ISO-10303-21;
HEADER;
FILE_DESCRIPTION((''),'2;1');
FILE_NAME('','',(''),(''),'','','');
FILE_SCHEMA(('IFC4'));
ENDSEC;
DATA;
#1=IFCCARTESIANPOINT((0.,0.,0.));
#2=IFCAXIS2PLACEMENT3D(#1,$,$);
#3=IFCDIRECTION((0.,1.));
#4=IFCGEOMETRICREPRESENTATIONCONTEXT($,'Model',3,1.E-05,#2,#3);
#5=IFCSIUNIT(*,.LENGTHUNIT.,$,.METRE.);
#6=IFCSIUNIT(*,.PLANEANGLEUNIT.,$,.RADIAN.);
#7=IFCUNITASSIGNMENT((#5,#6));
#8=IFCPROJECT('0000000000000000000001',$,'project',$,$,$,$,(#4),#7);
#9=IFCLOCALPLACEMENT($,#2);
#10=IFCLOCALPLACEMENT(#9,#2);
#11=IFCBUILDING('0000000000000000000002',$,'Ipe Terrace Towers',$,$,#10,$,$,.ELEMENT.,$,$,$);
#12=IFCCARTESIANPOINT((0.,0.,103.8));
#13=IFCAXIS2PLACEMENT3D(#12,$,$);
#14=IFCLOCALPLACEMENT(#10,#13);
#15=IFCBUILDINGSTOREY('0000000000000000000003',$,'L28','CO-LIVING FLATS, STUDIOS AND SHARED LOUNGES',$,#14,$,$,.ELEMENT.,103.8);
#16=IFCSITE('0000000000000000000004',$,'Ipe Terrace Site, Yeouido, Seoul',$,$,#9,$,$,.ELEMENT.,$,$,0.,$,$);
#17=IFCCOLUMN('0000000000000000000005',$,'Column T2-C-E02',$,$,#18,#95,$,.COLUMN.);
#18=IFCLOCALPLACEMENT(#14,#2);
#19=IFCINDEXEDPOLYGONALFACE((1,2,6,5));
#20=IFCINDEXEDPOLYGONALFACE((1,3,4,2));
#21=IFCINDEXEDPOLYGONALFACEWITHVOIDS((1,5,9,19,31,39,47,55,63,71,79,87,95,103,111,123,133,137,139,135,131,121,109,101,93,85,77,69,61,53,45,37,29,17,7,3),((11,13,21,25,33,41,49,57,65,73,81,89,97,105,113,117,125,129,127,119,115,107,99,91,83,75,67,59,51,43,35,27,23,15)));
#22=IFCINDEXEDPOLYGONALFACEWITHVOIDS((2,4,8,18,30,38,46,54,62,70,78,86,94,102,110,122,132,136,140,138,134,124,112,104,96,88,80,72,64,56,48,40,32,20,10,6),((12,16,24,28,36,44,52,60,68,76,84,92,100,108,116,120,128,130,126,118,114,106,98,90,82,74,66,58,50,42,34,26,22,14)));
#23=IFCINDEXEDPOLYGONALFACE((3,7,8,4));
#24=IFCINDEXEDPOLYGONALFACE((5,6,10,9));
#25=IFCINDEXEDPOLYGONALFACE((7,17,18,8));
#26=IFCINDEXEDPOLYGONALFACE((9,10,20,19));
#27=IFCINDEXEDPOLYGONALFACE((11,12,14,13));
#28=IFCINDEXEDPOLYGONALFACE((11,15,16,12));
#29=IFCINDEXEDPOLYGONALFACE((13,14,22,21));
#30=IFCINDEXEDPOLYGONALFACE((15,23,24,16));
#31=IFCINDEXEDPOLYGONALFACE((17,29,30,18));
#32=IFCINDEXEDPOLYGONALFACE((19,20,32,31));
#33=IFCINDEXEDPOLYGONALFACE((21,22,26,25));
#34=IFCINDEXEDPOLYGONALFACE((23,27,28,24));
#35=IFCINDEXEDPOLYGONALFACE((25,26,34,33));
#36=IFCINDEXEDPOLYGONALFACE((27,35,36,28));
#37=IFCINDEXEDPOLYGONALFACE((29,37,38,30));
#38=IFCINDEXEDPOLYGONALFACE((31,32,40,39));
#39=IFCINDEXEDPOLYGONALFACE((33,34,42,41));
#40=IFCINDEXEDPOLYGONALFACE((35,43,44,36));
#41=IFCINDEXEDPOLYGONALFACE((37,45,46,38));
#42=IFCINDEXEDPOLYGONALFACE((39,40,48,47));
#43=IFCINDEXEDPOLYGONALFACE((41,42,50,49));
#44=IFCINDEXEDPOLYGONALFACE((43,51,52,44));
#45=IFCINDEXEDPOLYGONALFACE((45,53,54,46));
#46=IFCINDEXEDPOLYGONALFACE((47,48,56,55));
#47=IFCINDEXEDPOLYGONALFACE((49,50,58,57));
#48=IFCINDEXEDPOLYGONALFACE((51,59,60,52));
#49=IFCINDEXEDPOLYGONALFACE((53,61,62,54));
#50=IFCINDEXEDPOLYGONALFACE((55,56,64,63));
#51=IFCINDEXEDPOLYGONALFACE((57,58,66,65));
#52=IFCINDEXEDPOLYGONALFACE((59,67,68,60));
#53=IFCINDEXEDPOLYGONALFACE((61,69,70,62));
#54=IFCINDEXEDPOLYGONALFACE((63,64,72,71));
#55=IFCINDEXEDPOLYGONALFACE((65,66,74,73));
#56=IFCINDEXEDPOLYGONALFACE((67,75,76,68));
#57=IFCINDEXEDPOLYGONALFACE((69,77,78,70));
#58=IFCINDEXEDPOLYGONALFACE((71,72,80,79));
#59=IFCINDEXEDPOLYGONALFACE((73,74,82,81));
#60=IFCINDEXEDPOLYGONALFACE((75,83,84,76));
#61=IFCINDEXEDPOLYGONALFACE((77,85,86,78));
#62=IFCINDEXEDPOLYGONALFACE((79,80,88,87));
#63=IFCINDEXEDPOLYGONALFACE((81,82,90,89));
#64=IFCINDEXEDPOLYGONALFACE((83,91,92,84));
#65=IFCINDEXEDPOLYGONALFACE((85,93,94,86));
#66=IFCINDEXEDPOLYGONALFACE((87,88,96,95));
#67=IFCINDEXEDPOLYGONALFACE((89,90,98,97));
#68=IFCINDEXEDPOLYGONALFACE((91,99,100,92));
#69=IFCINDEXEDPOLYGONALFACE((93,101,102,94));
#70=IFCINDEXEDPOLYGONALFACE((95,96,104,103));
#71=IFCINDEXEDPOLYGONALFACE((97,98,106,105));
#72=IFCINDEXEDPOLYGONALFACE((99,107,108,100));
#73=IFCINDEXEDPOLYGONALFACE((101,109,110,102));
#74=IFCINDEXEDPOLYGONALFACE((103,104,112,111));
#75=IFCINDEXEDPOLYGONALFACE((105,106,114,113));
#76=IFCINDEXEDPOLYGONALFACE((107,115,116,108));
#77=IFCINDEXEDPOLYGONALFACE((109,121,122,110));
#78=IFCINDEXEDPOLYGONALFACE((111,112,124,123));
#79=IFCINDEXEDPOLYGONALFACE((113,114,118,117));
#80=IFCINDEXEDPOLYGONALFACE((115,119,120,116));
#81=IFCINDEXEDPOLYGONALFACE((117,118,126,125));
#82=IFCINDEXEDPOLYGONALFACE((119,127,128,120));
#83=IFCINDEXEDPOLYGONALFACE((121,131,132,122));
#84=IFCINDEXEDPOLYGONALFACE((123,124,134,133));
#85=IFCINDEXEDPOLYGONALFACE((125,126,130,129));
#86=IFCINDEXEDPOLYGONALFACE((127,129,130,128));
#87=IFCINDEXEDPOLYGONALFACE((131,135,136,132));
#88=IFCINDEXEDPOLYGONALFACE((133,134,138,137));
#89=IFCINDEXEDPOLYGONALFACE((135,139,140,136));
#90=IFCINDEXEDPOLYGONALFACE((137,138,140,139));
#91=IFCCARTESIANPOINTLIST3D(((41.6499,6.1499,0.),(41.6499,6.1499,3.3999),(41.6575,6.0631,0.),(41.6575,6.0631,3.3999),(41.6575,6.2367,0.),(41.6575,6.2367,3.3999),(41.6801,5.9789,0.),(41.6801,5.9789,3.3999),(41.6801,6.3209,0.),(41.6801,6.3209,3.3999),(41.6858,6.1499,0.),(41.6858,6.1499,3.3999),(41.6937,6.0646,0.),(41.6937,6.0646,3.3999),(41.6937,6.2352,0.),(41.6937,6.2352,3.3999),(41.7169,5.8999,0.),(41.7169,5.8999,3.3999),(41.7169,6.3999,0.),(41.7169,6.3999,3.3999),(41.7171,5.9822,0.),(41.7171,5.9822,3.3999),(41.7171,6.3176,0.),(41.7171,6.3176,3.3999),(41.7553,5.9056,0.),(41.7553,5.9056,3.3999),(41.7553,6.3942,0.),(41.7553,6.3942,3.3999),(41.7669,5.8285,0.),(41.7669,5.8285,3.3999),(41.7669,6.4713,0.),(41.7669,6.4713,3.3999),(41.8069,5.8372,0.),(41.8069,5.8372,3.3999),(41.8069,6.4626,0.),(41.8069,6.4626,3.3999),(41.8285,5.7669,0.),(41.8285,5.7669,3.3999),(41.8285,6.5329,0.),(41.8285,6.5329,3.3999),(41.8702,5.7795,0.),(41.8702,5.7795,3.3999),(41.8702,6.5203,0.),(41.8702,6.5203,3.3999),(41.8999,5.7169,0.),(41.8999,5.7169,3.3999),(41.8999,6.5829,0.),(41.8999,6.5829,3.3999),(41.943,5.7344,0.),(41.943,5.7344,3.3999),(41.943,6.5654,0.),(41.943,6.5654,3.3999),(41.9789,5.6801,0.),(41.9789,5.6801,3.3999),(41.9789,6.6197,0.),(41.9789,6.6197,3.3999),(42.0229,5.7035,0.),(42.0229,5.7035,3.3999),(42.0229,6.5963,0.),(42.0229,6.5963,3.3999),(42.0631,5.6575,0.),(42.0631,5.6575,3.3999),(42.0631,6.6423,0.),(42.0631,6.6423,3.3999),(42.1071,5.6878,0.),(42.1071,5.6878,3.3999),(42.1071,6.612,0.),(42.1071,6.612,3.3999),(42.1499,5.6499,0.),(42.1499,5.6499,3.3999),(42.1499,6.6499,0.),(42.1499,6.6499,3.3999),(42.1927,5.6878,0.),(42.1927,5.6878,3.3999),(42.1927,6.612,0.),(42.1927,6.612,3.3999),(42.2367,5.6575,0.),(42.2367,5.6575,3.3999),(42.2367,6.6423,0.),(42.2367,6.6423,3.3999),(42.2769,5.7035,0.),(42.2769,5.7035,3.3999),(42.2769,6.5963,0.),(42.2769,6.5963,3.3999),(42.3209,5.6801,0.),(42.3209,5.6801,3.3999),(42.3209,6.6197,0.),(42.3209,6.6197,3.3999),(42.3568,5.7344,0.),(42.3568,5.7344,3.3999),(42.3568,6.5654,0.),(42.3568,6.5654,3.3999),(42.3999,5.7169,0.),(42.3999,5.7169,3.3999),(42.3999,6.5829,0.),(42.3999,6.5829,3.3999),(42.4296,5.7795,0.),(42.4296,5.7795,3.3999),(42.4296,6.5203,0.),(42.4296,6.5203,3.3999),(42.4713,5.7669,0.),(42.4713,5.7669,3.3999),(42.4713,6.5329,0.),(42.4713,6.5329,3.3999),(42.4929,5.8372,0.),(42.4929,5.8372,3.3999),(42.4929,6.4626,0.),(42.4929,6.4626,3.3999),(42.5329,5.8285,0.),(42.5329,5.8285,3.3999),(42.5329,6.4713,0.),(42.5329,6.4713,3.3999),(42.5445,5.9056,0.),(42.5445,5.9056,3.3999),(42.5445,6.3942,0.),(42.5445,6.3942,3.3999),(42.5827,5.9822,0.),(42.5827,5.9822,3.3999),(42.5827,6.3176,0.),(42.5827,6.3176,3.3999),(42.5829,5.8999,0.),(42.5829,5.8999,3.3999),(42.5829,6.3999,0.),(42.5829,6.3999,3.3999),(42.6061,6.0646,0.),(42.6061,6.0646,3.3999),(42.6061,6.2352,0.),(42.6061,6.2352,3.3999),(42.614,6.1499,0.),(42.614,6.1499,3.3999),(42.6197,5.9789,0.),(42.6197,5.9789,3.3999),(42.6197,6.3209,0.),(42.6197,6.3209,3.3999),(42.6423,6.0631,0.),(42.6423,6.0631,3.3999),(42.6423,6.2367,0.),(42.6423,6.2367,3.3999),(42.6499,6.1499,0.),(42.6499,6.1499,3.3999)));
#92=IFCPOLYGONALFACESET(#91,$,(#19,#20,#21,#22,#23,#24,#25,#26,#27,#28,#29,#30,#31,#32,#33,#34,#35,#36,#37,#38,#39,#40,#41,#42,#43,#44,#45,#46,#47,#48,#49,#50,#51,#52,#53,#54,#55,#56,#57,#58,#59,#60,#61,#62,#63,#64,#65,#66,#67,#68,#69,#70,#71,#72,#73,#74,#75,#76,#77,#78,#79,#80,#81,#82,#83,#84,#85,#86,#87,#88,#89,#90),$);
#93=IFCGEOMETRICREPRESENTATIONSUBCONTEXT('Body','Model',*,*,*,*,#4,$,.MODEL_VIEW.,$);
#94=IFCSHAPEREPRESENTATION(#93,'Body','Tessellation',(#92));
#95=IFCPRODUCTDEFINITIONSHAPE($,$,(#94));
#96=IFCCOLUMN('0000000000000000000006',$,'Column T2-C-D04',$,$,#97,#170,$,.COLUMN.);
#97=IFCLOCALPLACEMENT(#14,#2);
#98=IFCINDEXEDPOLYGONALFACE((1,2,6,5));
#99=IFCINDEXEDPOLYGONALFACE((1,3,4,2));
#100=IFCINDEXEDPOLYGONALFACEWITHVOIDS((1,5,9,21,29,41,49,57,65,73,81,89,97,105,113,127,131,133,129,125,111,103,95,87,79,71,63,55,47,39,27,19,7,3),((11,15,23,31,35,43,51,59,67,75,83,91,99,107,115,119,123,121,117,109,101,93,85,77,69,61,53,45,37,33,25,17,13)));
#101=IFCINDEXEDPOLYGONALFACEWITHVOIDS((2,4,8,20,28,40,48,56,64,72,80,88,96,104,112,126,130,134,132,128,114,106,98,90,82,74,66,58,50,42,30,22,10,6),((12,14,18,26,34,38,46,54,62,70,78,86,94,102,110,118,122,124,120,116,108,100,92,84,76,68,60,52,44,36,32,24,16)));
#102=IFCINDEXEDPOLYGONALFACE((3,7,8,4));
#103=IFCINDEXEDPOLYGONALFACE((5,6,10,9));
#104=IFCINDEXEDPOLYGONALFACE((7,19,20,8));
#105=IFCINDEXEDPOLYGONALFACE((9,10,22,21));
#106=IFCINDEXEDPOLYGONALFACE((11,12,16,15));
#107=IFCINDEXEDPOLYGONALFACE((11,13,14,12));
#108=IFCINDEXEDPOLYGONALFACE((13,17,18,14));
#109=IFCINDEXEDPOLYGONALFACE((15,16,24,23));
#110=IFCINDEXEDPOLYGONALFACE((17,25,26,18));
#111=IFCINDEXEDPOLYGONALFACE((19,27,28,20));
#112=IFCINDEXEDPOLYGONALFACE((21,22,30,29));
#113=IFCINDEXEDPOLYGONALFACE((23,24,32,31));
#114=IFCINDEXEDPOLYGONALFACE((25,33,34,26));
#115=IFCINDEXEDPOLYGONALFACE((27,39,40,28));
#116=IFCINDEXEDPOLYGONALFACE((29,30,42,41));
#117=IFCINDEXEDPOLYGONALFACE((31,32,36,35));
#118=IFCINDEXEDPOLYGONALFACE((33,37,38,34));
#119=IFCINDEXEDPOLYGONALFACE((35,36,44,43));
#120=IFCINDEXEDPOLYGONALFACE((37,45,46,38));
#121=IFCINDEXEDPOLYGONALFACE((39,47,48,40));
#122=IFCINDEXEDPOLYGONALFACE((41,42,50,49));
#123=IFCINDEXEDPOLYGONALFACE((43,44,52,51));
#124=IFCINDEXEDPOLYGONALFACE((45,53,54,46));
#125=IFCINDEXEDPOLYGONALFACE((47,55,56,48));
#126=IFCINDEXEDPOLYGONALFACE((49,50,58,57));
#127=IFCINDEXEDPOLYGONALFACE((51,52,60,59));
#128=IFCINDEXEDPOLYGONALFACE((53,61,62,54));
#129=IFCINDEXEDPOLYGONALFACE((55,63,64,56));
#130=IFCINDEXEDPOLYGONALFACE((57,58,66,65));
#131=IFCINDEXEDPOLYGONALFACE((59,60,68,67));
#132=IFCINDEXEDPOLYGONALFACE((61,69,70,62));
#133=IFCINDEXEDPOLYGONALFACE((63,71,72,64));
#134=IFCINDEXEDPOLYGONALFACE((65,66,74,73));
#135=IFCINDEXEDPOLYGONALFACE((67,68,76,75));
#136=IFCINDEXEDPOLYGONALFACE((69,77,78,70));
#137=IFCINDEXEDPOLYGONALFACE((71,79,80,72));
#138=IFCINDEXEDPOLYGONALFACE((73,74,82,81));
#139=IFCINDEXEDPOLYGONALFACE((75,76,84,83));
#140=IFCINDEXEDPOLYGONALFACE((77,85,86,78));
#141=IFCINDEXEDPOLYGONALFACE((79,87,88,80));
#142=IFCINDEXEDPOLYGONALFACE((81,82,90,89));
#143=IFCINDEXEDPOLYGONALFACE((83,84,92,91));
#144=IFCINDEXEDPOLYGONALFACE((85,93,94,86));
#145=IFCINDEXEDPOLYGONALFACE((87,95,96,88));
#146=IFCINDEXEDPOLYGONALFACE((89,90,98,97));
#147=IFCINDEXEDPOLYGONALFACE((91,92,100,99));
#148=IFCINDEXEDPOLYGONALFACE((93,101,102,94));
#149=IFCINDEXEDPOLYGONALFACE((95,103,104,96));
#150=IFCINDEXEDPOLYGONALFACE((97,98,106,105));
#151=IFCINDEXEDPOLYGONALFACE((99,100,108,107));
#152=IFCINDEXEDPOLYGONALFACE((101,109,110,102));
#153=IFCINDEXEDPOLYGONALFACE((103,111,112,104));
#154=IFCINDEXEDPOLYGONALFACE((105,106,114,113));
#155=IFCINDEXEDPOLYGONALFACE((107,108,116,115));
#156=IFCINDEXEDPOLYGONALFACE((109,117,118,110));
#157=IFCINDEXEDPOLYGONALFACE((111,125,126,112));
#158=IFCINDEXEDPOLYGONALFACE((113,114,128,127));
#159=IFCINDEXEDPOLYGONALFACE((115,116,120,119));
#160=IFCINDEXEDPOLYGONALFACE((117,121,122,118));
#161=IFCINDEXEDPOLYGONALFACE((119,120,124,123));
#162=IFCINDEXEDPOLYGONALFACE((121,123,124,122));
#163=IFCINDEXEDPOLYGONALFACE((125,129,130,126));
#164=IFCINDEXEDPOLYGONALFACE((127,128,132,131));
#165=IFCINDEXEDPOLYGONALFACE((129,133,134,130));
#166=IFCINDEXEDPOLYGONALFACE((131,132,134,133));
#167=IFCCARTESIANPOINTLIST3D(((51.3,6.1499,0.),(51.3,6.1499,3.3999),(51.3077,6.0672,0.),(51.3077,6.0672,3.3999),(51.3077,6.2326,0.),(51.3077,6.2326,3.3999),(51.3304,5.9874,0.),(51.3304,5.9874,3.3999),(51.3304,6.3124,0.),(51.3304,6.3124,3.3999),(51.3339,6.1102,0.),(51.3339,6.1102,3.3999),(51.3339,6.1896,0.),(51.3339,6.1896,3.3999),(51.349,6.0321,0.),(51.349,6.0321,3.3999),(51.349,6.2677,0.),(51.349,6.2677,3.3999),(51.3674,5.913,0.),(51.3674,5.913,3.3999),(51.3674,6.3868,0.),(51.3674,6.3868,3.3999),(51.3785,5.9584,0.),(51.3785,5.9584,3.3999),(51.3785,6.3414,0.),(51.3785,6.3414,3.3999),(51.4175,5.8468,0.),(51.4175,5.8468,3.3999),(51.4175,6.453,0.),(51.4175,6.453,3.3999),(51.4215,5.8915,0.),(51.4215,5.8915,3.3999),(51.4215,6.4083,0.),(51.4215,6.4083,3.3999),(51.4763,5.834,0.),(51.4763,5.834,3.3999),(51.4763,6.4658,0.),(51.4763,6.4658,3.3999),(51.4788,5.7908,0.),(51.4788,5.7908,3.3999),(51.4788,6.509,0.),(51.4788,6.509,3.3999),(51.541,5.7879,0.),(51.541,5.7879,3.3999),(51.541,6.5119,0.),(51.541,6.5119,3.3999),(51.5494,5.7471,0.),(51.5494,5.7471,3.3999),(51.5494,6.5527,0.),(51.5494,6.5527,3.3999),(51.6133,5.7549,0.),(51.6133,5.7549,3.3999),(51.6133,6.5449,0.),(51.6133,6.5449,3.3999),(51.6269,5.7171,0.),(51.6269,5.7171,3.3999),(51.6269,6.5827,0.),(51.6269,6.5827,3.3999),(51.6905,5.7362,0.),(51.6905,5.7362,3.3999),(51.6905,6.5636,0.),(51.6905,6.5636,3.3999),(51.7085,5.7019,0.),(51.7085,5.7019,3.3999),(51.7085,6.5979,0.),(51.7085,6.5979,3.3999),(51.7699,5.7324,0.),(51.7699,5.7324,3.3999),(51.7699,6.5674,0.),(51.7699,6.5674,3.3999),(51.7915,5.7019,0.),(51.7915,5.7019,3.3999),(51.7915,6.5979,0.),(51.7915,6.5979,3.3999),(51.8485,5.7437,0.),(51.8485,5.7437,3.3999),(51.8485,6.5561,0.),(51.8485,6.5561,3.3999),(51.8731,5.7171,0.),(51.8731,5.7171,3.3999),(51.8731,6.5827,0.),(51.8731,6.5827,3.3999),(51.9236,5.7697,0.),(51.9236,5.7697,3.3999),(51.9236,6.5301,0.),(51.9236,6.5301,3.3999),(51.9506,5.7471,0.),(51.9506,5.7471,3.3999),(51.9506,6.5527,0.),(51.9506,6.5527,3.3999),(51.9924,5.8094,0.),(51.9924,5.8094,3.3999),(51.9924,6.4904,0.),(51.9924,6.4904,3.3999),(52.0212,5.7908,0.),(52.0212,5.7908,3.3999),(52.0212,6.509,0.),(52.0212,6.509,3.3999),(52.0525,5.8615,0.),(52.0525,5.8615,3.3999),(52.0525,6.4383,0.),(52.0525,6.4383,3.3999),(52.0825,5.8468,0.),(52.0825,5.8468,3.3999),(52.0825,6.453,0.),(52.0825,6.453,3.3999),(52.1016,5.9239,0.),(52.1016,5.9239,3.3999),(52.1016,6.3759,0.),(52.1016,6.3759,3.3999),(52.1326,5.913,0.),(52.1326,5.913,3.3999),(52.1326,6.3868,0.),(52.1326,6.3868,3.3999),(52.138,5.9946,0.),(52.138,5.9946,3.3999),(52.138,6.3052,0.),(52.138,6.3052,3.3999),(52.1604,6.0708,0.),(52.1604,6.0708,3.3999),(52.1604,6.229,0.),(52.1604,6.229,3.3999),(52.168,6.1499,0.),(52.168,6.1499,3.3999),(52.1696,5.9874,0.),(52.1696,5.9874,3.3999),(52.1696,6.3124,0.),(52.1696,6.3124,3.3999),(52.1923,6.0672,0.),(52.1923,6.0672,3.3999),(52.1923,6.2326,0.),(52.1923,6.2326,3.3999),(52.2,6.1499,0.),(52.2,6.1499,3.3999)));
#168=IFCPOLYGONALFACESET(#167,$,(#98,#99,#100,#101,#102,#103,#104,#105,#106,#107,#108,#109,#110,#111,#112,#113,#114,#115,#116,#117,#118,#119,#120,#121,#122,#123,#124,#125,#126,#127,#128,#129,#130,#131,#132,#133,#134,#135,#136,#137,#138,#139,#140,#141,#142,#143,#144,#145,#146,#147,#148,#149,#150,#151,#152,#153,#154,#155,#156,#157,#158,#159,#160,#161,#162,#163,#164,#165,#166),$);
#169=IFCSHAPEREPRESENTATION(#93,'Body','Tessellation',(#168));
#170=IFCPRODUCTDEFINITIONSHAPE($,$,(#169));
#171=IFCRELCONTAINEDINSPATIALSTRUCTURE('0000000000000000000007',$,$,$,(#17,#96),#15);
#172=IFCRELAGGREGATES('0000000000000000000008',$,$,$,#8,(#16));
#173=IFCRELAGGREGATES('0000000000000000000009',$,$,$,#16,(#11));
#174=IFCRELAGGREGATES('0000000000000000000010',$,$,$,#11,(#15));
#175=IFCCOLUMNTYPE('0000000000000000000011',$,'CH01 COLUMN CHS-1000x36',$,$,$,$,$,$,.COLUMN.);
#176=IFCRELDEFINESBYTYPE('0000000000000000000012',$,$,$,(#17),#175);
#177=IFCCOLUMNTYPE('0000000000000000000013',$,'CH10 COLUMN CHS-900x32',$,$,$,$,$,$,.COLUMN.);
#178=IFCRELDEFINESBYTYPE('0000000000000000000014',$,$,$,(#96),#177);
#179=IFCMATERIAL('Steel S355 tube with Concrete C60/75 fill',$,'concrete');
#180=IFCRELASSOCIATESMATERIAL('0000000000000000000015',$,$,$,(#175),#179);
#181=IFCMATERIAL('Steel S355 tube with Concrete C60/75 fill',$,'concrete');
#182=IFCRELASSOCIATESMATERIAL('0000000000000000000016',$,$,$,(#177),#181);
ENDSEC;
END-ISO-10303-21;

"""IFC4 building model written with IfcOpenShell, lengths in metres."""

from ifc_helpers import new_model, si_unit, direction, frame, origin, origin_2d, place, context, subcontext, project, spatial, hollow_circle, extrude, material, material_profile, profile_set, type_object, element, save


model = new_model("IFC4")

# Units and contexts
model_context = context("Model", 3, precision=1e-05, world=origin(), true_north=direction((0.0, 1.0)))
body_context = subcontext(model_context, "Body", "Model", "MODEL_VIEW")
ifc_project = project(units=[si_unit("LENGTHUNIT", "METRE"), si_unit("PLANEANGLEUNIT", "RADIAN")], contexts=[model_context])

# Site, building, storey
site_placement = place(None, origin())
site = spatial("IfcSite", under=ifc_project, at=site_placement, Name="Ipe Terrace Site, Yeouido, Seoul", CompositionType="ELEMENT", RefElevation=0.0)
building_placement = place(site_placement, origin())
building = spatial("IfcBuilding", under=site, at=building_placement, Name="Ipe Terrace Towers", CompositionType="ELEMENT")
storey_placement = place(building_placement, frame((0.0, 0.0, 103.8)))
storey = spatial("IfcBuildingStorey", under=building, at=storey_placement, Name="L28", Description="CO-LIVING FLATS, STUDIOS AND SHARED LOUNGES", CompositionType="ELEMENT", Elevation=103.8)

# Columns
ifc_material_1 = material(Name="Steel S355 tube with Concrete C60/75 fill", Category="concrete")
ifc_material_profile_1 = material_profile(ifc_material_1, hollow_circle(Radius=0.5, WallThickness=0.0359, at=origin_2d()), Name="CHS-1000x36")
ifc_profile_set_1 = profile_set([ifc_material_profile_1], Name="Steel S355 tube with Concrete C60/75 fill")
column_type_1 = type_object("IfcColumnType", Name="CH01 COLUMN CHS-1000x36", PredefinedType="COLUMN", material=ifc_profile_set_1)
column_placement = place(storey_placement, frame((42.1499, 6.1499, 0.0), z_axis=(0.0, 0.0, 1.0), x_axis=(1.0, 0.0, 0.0)))
element("IfcColumn", 1, at=column_placement, inside=storey, type_object=column_type_1, Name="Column T2-C-E02", PredefinedType="COLUMN", context=body_context, shape_type="SweptSolid", body=[
    extrude(hollow_circle(Radius=0.5, WallThickness=0.0359, at=origin_2d()), origin(), (0.0, 0.0, 1.0), 3.3999),
])
ifc_material_2 = material(Name="Steel S355 tube with Concrete C60/75 fill", Category="concrete")
ifc_material_profile_2 = material_profile(ifc_material_2, hollow_circle(Radius=0.45, WallThickness=0.032, at=origin_2d()), Name="CHS-900x32")
ifc_profile_set_2 = profile_set([ifc_material_profile_2], Name="Steel S355 tube with Concrete C60/75 fill")
column_type_2 = type_object("IfcColumnType", Name="CH10 COLUMN CHS-900x32", PredefinedType="COLUMN", material=ifc_profile_set_2)
for number, where, z_axis, x_axis, name in (
    (2, (51.75, 6.1499, 0.0), (0.0, 0.0, 1.0), (1.0, 0.0, 0.0), "Column T2-C-D04"),
):
    element("IfcColumn", number, at=place(storey_placement, frame(where, z_axis=z_axis, x_axis=x_axis)), inside=storey, type_object=column_type_2, Name=name, PredefinedType="COLUMN", context=body_context, shape_type="SweptSolid", body=[
        extrude(hollow_circle(Radius=0.45, WallThickness=0.032, at=origin_2d()), origin(), (0.0, 0.0, 1.0), 3.3999),
    ])

save(model, "model.ifc")
